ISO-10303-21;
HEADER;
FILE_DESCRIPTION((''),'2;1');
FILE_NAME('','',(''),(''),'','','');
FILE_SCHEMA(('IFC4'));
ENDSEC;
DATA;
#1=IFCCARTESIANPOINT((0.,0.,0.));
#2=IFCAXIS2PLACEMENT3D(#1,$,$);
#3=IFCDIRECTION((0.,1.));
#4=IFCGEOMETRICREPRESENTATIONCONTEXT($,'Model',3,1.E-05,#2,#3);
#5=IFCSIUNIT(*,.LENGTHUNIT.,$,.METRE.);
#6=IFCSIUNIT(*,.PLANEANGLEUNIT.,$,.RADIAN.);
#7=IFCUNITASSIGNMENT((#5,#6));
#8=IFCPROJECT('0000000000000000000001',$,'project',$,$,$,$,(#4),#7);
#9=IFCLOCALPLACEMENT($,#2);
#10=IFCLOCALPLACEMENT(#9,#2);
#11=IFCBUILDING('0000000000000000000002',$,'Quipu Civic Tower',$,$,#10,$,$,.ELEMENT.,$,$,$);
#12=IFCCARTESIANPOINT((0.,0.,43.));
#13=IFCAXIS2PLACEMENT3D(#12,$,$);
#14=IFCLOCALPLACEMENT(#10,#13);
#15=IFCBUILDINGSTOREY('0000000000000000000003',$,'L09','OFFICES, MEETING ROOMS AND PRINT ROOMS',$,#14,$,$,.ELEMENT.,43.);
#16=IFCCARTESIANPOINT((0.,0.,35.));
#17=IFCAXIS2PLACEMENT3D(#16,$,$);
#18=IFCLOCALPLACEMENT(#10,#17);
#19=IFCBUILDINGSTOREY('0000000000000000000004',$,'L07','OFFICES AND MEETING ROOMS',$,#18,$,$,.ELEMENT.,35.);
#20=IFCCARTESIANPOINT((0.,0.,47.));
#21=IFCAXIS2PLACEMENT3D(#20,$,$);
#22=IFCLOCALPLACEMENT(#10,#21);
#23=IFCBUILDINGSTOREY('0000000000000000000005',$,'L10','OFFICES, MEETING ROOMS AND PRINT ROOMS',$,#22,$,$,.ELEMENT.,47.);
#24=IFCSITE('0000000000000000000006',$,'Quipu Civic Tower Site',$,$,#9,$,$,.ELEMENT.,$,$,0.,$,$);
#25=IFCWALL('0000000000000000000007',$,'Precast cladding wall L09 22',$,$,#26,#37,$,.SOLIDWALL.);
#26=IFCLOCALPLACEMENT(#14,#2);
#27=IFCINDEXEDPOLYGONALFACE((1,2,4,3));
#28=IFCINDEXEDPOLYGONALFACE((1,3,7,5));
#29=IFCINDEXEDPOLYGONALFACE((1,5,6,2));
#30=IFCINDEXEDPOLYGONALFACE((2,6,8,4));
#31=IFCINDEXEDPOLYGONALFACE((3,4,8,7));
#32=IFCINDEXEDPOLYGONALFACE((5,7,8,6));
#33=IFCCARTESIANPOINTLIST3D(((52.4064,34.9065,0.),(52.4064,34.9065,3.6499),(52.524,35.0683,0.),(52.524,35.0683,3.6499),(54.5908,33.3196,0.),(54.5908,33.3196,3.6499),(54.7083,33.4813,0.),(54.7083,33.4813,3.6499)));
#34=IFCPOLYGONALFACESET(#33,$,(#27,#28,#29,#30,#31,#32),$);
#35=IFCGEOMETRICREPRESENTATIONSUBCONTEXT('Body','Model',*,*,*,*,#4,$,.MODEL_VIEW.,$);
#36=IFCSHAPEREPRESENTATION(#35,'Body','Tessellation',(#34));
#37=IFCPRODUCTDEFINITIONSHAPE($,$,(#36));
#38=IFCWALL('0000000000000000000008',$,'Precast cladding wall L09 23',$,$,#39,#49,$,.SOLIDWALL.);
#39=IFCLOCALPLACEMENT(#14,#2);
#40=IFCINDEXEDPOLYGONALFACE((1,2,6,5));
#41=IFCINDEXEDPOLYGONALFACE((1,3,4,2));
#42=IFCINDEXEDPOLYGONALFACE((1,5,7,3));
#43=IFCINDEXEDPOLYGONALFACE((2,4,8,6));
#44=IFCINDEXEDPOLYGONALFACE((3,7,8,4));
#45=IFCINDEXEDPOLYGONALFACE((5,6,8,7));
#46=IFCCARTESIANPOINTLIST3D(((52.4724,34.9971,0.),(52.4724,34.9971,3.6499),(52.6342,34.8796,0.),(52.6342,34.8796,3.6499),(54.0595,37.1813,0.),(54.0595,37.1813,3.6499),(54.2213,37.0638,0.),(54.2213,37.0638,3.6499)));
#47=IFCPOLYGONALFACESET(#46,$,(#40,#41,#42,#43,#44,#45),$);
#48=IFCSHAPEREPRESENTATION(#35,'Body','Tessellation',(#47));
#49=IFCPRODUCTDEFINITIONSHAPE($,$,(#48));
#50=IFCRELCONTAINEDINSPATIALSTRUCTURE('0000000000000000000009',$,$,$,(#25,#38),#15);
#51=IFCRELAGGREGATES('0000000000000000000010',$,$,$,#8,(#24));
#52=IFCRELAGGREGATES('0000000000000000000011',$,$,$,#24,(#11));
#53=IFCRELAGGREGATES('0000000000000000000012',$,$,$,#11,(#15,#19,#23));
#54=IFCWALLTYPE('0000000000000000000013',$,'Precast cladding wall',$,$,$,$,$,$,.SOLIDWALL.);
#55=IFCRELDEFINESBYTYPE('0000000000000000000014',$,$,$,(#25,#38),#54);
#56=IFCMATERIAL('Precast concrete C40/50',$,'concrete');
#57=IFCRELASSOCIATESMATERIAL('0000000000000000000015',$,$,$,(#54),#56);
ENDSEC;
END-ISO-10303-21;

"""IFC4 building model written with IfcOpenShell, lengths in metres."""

from ifc_helpers import new_model, si_unit, direction, frame, frame_2d, origin, place, context, subcontext, project, spatial, rectangle, extrude, material, type_object, element, save


model = new_model("IFC4")

# Units and contexts
model_context = context("Model", 3, precision=1e-05, world=origin(), true_north=direction((0.0, 1.0)))
body_context = subcontext(model_context, "Body", "Model", "MODEL_VIEW")
ifc_project = project(units=[si_unit("LENGTHUNIT", "METRE"), si_unit("PLANEANGLEUNIT", "RADIAN")], contexts=[model_context])

# Site, building, storey
site_placement = place(None, origin())
site = spatial("IfcSite", under=ifc_project, at=site_placement, Name="Quipu Civic Tower Site", CompositionType="ELEMENT", RefElevation=0.0)
building_placement = place(site_placement, origin())
building = spatial("IfcBuilding", under=site, at=building_placement, Name="Quipu Civic Tower", CompositionType="ELEMENT")
storey_1_placement = place(building_placement, frame((0.0, 0.0, 43.0)))
storey_1 = spatial("IfcBuildingStorey", under=building, at=storey_1_placement, Name="L09", Description="OFFICES, MEETING ROOMS AND PRINT ROOMS", CompositionType="ELEMENT", Elevation=43.0)

# Shared definitions
storey_2_placement = place(building_placement, frame((0.0, 0.0, 35.0)))
storey_2 = spatial("IfcBuildingStorey", under=building, at=storey_2_placement, Name="L07", Description="OFFICES AND MEETING ROOMS", CompositionType="ELEMENT", Elevation=35.0)

# Shared definitions
storey_3_placement = place(building_placement, frame((0.0, 0.0, 47.0)))
storey_3 = spatial("IfcBuildingStorey", under=building, at=storey_3_placement, Name="L10", Description="OFFICES, MEETING ROOMS AND PRINT ROOMS", CompositionType="ELEMENT", Elevation=47.0)

# Walls
ifc_material_1 = material(Name="Precast concrete C40/50", Category="concrete")
wall_type = type_object("IfcWallType", Name="Precast cladding wall", PredefinedType="SOLIDWALL", material=ifc_material_1)
for number, where, z_axis, x_axis, name in (
    (1, (54.6497, 33.4004, 0.0), (0.0, 0.0, 1.0), (-0.809033, 0.587763, 0.0), "Precast cladding wall L09 22"),
    (2, (52.5532, 34.9382, 0.0), (0.0, 0.0, 1.0), (0.587822, 0.80899, 0.0), "Precast cladding wall L09 23"),
):
    element("IfcWall", number, at=place(storey_1_placement, frame(where, z_axis=z_axis, x_axis=x_axis)), inside=storey_1, type_object=wall_type, Name=name, PredefinedType="SOLIDWALL", context=body_context, shape_type="SweptSolid", body=[
        extrude(rectangle(XDim=2.7, YDim=0.2, at=frame_2d((1.3501, 0.0))), origin(), (0.0, 0.0, 1.0), 3.6499),
    ])

save(model, "model.ifc")
